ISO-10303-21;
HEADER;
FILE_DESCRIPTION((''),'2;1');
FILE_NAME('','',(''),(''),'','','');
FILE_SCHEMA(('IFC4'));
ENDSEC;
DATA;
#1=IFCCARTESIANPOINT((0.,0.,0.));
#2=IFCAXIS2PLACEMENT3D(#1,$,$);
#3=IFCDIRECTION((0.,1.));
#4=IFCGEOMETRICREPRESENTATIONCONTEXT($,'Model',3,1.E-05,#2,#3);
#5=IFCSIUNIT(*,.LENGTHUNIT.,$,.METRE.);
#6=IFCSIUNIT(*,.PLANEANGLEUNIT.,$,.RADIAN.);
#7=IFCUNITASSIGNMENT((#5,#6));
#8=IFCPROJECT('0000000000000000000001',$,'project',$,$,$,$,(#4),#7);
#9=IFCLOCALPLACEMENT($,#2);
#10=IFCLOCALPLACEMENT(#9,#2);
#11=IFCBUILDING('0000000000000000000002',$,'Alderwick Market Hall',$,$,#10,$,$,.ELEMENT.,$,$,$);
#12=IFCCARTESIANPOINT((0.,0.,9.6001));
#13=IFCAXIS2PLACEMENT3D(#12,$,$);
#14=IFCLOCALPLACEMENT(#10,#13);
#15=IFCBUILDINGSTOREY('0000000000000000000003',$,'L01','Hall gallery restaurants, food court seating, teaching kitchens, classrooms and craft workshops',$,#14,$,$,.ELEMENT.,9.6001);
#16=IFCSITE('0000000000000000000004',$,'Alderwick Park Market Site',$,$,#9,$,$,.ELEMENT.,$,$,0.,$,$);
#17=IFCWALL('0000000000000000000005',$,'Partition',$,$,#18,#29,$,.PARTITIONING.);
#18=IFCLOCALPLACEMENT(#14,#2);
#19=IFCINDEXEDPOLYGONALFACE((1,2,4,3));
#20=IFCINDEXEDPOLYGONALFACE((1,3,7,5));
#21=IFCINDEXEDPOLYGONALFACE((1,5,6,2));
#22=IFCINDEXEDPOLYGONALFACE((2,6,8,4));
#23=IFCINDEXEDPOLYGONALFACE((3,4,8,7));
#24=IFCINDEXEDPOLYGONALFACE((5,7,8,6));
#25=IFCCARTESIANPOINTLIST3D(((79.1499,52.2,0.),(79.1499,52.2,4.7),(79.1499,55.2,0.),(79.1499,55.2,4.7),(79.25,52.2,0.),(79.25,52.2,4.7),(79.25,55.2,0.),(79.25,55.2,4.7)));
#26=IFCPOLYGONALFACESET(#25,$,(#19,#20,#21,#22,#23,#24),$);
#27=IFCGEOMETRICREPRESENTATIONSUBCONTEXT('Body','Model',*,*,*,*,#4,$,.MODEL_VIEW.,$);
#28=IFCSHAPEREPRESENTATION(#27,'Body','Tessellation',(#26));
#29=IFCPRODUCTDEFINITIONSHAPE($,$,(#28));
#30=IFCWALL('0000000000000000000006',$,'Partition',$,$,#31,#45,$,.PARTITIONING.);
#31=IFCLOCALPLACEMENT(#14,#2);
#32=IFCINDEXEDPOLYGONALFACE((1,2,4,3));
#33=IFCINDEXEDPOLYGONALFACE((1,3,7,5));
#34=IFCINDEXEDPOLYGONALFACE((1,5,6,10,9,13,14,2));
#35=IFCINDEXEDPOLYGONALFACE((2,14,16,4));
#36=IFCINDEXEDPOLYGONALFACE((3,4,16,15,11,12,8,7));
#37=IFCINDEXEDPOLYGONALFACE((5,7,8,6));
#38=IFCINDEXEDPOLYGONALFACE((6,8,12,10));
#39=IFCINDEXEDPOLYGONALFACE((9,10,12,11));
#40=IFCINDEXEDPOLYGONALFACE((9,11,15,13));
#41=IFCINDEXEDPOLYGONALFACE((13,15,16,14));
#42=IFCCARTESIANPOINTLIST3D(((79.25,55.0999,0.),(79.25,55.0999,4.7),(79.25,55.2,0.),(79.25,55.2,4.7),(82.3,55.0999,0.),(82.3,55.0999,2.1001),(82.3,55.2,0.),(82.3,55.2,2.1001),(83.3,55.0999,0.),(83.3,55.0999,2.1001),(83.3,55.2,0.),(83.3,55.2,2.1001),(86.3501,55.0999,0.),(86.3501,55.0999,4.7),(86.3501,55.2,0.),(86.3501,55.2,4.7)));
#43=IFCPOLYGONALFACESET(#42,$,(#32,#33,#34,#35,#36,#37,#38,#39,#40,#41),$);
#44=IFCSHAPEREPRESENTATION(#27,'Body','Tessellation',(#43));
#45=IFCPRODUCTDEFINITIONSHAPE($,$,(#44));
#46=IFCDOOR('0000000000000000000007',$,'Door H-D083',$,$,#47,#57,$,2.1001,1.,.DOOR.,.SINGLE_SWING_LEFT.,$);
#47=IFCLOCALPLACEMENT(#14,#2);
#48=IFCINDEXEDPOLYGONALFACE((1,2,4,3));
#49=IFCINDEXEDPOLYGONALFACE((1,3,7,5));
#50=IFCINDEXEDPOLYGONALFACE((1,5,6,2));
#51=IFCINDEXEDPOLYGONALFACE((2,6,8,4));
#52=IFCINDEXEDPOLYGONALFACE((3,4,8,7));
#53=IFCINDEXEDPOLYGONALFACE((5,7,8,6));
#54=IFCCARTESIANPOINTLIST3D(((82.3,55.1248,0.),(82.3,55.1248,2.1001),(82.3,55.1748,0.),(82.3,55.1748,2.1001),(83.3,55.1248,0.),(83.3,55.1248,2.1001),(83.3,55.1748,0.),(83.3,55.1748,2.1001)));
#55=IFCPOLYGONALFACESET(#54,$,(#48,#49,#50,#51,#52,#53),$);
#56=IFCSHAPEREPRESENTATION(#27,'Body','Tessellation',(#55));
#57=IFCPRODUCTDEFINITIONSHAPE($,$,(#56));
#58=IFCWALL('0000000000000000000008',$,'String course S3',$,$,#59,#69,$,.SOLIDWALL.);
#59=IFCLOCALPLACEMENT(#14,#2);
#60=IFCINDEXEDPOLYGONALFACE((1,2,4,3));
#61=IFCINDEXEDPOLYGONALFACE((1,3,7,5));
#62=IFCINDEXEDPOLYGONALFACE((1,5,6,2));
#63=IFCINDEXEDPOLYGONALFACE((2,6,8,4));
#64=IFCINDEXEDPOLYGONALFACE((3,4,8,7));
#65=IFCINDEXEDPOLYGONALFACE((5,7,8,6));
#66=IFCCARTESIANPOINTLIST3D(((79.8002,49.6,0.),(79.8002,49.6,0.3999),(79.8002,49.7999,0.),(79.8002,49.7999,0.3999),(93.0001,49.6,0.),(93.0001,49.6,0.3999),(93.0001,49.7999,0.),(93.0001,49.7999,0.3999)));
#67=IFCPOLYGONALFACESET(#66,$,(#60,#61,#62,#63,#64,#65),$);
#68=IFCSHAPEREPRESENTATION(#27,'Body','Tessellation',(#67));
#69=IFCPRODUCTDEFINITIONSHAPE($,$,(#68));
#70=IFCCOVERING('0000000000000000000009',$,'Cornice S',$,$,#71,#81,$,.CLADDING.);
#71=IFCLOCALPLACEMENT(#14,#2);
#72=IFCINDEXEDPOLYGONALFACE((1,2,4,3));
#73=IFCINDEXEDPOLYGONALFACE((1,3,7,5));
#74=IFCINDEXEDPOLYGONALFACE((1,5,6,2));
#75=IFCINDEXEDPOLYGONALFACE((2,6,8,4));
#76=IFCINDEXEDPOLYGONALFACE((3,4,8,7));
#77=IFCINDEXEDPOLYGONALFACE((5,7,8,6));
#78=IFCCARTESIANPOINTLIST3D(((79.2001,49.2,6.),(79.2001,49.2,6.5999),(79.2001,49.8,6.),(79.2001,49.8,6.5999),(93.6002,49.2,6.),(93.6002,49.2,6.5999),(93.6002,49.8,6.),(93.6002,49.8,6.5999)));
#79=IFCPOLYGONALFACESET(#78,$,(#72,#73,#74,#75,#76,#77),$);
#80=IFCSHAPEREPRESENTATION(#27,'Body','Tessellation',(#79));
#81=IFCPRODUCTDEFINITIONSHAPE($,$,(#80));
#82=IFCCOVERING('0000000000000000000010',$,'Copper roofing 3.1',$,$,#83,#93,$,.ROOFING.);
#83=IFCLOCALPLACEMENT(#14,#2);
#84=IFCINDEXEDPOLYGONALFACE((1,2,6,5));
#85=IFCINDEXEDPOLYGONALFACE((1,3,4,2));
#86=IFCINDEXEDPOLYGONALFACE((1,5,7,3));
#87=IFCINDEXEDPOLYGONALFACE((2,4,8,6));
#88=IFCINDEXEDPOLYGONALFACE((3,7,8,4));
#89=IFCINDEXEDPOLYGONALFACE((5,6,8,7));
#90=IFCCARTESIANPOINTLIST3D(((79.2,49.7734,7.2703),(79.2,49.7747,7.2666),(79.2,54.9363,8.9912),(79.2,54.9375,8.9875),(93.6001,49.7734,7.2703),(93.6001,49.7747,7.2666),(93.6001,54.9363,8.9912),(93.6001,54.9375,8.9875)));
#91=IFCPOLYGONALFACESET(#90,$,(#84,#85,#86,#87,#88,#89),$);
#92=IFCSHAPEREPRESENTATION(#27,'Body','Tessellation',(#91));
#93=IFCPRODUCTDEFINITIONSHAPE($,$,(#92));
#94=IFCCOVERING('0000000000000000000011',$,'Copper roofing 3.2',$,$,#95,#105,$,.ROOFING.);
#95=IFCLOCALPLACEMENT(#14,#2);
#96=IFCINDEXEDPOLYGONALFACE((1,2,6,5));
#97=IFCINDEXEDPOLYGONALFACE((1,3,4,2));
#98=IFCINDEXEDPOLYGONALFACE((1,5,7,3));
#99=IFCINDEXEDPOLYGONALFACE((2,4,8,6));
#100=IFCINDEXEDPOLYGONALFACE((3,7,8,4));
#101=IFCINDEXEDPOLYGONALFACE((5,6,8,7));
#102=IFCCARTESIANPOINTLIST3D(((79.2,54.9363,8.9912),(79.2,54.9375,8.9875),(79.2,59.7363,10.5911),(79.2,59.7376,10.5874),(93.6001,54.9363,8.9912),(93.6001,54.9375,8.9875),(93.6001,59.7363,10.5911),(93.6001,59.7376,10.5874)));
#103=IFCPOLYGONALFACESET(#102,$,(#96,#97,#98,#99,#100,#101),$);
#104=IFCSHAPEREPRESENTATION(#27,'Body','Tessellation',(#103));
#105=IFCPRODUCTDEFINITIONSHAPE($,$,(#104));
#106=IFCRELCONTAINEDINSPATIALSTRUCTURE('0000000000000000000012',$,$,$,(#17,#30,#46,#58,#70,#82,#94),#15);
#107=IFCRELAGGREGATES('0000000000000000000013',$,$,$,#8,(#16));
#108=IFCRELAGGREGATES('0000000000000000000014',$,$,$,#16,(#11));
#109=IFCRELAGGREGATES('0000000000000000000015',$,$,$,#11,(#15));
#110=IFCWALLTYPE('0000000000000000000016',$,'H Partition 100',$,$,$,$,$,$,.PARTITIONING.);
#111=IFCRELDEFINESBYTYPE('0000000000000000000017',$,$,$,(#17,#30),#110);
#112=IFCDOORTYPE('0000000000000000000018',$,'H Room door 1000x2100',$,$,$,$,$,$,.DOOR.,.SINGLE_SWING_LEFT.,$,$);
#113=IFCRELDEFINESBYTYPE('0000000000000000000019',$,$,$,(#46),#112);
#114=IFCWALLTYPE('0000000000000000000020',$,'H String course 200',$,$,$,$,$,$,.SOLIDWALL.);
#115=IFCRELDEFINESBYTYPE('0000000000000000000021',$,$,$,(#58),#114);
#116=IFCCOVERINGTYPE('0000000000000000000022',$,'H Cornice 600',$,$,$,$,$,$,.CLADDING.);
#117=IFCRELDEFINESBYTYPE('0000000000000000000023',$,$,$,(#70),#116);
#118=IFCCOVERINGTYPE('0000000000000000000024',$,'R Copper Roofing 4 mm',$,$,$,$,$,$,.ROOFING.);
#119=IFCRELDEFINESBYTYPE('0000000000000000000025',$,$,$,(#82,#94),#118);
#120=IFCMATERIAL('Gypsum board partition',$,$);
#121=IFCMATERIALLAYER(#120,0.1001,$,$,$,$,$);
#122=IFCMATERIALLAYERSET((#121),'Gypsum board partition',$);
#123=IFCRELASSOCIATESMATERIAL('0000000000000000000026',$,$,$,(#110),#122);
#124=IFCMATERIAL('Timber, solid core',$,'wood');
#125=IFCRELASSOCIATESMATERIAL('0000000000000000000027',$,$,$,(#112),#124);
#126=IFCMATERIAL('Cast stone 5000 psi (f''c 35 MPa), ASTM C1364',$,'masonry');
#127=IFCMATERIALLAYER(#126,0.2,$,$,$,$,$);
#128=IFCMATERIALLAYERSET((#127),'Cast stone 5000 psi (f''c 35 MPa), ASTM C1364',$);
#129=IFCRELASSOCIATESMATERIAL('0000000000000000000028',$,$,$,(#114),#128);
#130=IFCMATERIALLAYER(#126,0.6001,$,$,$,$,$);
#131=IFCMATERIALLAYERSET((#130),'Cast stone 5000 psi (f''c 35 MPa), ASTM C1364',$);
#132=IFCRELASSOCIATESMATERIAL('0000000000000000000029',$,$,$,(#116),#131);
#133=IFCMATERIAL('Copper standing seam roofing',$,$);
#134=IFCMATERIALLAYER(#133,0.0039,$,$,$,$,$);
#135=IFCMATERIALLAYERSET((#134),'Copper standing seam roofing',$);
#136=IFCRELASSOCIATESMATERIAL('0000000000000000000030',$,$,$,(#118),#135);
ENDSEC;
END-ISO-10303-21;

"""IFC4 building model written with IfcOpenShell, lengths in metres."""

from ifc_helpers import new_model, si_unit, direction, frame, frame_2d, origin, place, context, subcontext, project, spatial, polyline, rectangle, outline, extrude, material, layer, layer_set, type_object, element, fill, save


model = new_model("IFC4")

# Units and contexts
model_context = context("Model", 3, precision=1e-05, world=origin(), true_north=direction((0.0, 1.0)))
body_context = subcontext(model_context, "Body", "Model", "MODEL_VIEW")
ifc_project = project(units=[si_unit("LENGTHUNIT", "METRE"), si_unit("PLANEANGLEUNIT", "RADIAN")], contexts=[model_context])

# Site, building, storey
site_placement = place(None, origin())
site = spatial("IfcSite", under=ifc_project, at=site_placement, Name="Alderwick Park Market Site", CompositionType="ELEMENT", RefElevation=0.0)
building_placement = place(site_placement, origin())
building = spatial("IfcBuilding", under=site, at=building_placement, Name="Alderwick Market Hall", CompositionType="ELEMENT")
storey_placement = place(building_placement, frame((0.0, 0.0, 9.6001)))
storey = spatial("IfcBuildingStorey", under=building, at=storey_placement, Name="L01", Description="Hall gallery restaurants, food court seating, teaching kitchens, classrooms and craft workshops", CompositionType="ELEMENT", Elevation=9.6001)

# Wall
ifc_material_1 = material(Name="Gypsum board partition")
ifc_layer_1 = layer(ifc_material_1, 0.1001)
ifc_layer_set_1 = layer_set([ifc_layer_1], Name="Gypsum board partition")
wall_type_1 = type_object("IfcWallType", Name="H Partition 100", PredefinedType="PARTITIONING", material=ifc_layer_set_1)
wall_1_placement = place(storey_placement, frame((79.2, 52.2, 0.0), z_axis=(0.0, 0.0, 1.0), x_axis=(0.0, 1.0, 0.0)))
element("IfcWall", 1, at=wall_1_placement, inside=storey, type_object=wall_type_1, Name="Partition", PredefinedType="PARTITIONING", context=body_context, shape_type="SweptSolid", body=[
    extrude(rectangle(XDim=3.0, YDim=0.1001, at=frame_2d((1.5, 0.0))), origin(), (0.0, 0.0, 1.0), 4.7),
])

# Wall, opening, door
wall_2_placement = place(storey_placement, frame((79.25, 55.1499, 0.0), z_axis=(0.0, 0.0, 1.0), x_axis=(1.0, 0.0, 0.0)))
wall_2 = element("IfcWall", 2, at=wall_2_placement, inside=storey, type_object=wall_type_1, Name="Partition", PredefinedType="PARTITIONING", context=body_context, shape_type="SweptSolid", body=[
    extrude(rectangle(XDim=7.1001, YDim=0.1001, at=frame_2d((3.55, 0.0))), origin(), (0.0, 0.0, 1.0), 4.7),
])
opening_1_placement = place(wall_2_placement, frame((3.05, 0.0, 0.0)))
opening_1 = element("IfcOpeningElement", 3, at=opening_1_placement, cuts=wall_2, PredefinedType="OPENING", context=body_context, shape_type="SweptSolid", body=[
    extrude(rectangle(XDim=1.0, YDim=2.1001, at=frame_2d((0.5, 1.05))), frame((0.0, 0.0601, 0.0), z_axis=(0.0, -1.0, 0.0), x_axis=(1.0, 0.0, 0.0)), (0.0, 0.0, 1.0), 0.1201),
])
ifc_material_2 = material(Name="Timber, solid core", Category="wood")
door_type = type_object("IfcDoorType", Name="H Room door 1000x2100", OperationType="SINGLE_SWING_LEFT", PredefinedType="DOOR", material=ifc_material_2)
door_placement = place(opening_1_placement, origin())
door = element("IfcDoor", 4, at=door_placement, inside=storey, type_object=door_type, Name="Door H-D083", OperationType="SINGLE_SWING_LEFT", OverallHeight=2.1001, OverallWidth=1.0, PredefinedType="DOOR", context=body_context, shape_type="SweptSolid", body=[
    extrude(rectangle(XDim=1.0, YDim=2.1001, at=frame_2d((0.5, 1.05))), frame((0.0, 0.0249, 0.0), z_axis=(0.0, -1.0, 0.0), x_axis=(1.0, 0.0, 0.0)), (0.0, 0.0, 1.0), 0.05),
])
fill(opening_1, door)

# Wall
ifc_material_3 = material(Name="Cast stone 5000 psi (f'c 35 MPa), ASTM C1364", Category="masonry")
ifc_layer_2 = layer(ifc_material_3, 0.2)
ifc_layer_set_2 = layer_set([ifc_layer_2], Name="Cast stone 5000 psi (f'c 35 MPa), ASTM C1364")
wall_type_2 = type_object("IfcWallType", Name="H String course 200", PredefinedType="SOLIDWALL", material=ifc_layer_set_2)
wall_3_placement = place(storey_placement, frame((79.8, 49.7, 0.0), z_axis=(0.0, 0.0, 1.0), x_axis=(1.0, 0.0, 0.0)))
element("IfcWall", 5, at=wall_3_placement, inside=storey, type_object=wall_type_2, Name="String course S3", PredefinedType="SOLIDWALL", context=body_context, shape_type="SweptSolid", body=[
    extrude(rectangle(XDim=13.2, YDim=0.2, at=frame_2d((6.6001, 0.0))), origin(), (0.0, 0.0, 1.0), 0.3999),
])

# Coverings
ifc_layer_3 = layer(ifc_material_3, 0.6001)
ifc_layer_set_3 = layer_set([ifc_layer_3], Name="Cast stone 5000 psi (f'c 35 MPa), ASTM C1364")
covering_type_1 = type_object("IfcCoveringType", Name="H Cornice 600", PredefinedType="CLADDING", material=ifc_layer_set_3)
covering_1_placement = place(storey_placement, frame((79.2, 49.5, 6.0), z_axis=(0.0, 0.0, 1.0), x_axis=(1.0, 0.0, 0.0)))
element("IfcCovering", 6, at=covering_1_placement, inside=storey, type_object=covering_type_1, Name="Cornice S", PredefinedType="CLADDING", context=body_context, shape_type="SweptSolid", body=[
    extrude(rectangle(XDim=14.4001, YDim=0.6001, at=frame_2d((7.2002, 0.0))), origin(), (0.0, 0.0, 1.0), 0.5999),
])
ifc_material_4 = material(Name="Copper standing seam roofing")
ifc_layer_4 = layer(ifc_material_4, 0.0039)
ifc_layer_set_4 = layer_set([ifc_layer_4], Name="Copper standing seam roofing")
covering_type_2 = type_object("IfcCoveringType", Name="R Copper Roofing 4 mm", PredefinedType="ROOFING", material=ifc_layer_set_4)
covering_2_placement = place(storey_placement, frame((79.2, 49.7734, 7.2703), z_axis=(0.0, -0.316228, 0.948683), x_axis=(1.0, 0.0, 0.0)))
element("IfcCovering", 7, at=covering_2_placement, inside=storey, type_object=covering_type_2, Name="Copper roofing 3.1", PredefinedType="ROOFING", context=body_context, shape_type="SweptSolid", body=[
    extrude(outline(polyline([(0.0, 0.0), (14.4001, 0.0), (14.4001, 5.4421), (0.0, 5.4421), (0.0, 0.0)])), origin(), (0.0, 0.0, -1.0), 0.0039),
])
covering_3_placement = place(storey_placement, frame((79.2, 54.9363, 8.9912), z_axis=(0.0, -0.316199, 0.948693), x_axis=(1.0, 0.0, 0.0)))
element("IfcCovering", 8, at=covering_3_placement, inside=storey, type_object=covering_type_2, Name="Copper roofing 3.2", PredefinedType="ROOFING", context=body_context, shape_type="SweptSolid", body=[
    extrude(outline(polyline([(0.0, 0.0), (14.4001, 0.0), (14.4001, 5.0596), (0.0, 5.0596), (0.0, 0.0)])), origin(), (0.0, 0.0, -1.0), 0.0039),
])

save(model, "model.ifc")
